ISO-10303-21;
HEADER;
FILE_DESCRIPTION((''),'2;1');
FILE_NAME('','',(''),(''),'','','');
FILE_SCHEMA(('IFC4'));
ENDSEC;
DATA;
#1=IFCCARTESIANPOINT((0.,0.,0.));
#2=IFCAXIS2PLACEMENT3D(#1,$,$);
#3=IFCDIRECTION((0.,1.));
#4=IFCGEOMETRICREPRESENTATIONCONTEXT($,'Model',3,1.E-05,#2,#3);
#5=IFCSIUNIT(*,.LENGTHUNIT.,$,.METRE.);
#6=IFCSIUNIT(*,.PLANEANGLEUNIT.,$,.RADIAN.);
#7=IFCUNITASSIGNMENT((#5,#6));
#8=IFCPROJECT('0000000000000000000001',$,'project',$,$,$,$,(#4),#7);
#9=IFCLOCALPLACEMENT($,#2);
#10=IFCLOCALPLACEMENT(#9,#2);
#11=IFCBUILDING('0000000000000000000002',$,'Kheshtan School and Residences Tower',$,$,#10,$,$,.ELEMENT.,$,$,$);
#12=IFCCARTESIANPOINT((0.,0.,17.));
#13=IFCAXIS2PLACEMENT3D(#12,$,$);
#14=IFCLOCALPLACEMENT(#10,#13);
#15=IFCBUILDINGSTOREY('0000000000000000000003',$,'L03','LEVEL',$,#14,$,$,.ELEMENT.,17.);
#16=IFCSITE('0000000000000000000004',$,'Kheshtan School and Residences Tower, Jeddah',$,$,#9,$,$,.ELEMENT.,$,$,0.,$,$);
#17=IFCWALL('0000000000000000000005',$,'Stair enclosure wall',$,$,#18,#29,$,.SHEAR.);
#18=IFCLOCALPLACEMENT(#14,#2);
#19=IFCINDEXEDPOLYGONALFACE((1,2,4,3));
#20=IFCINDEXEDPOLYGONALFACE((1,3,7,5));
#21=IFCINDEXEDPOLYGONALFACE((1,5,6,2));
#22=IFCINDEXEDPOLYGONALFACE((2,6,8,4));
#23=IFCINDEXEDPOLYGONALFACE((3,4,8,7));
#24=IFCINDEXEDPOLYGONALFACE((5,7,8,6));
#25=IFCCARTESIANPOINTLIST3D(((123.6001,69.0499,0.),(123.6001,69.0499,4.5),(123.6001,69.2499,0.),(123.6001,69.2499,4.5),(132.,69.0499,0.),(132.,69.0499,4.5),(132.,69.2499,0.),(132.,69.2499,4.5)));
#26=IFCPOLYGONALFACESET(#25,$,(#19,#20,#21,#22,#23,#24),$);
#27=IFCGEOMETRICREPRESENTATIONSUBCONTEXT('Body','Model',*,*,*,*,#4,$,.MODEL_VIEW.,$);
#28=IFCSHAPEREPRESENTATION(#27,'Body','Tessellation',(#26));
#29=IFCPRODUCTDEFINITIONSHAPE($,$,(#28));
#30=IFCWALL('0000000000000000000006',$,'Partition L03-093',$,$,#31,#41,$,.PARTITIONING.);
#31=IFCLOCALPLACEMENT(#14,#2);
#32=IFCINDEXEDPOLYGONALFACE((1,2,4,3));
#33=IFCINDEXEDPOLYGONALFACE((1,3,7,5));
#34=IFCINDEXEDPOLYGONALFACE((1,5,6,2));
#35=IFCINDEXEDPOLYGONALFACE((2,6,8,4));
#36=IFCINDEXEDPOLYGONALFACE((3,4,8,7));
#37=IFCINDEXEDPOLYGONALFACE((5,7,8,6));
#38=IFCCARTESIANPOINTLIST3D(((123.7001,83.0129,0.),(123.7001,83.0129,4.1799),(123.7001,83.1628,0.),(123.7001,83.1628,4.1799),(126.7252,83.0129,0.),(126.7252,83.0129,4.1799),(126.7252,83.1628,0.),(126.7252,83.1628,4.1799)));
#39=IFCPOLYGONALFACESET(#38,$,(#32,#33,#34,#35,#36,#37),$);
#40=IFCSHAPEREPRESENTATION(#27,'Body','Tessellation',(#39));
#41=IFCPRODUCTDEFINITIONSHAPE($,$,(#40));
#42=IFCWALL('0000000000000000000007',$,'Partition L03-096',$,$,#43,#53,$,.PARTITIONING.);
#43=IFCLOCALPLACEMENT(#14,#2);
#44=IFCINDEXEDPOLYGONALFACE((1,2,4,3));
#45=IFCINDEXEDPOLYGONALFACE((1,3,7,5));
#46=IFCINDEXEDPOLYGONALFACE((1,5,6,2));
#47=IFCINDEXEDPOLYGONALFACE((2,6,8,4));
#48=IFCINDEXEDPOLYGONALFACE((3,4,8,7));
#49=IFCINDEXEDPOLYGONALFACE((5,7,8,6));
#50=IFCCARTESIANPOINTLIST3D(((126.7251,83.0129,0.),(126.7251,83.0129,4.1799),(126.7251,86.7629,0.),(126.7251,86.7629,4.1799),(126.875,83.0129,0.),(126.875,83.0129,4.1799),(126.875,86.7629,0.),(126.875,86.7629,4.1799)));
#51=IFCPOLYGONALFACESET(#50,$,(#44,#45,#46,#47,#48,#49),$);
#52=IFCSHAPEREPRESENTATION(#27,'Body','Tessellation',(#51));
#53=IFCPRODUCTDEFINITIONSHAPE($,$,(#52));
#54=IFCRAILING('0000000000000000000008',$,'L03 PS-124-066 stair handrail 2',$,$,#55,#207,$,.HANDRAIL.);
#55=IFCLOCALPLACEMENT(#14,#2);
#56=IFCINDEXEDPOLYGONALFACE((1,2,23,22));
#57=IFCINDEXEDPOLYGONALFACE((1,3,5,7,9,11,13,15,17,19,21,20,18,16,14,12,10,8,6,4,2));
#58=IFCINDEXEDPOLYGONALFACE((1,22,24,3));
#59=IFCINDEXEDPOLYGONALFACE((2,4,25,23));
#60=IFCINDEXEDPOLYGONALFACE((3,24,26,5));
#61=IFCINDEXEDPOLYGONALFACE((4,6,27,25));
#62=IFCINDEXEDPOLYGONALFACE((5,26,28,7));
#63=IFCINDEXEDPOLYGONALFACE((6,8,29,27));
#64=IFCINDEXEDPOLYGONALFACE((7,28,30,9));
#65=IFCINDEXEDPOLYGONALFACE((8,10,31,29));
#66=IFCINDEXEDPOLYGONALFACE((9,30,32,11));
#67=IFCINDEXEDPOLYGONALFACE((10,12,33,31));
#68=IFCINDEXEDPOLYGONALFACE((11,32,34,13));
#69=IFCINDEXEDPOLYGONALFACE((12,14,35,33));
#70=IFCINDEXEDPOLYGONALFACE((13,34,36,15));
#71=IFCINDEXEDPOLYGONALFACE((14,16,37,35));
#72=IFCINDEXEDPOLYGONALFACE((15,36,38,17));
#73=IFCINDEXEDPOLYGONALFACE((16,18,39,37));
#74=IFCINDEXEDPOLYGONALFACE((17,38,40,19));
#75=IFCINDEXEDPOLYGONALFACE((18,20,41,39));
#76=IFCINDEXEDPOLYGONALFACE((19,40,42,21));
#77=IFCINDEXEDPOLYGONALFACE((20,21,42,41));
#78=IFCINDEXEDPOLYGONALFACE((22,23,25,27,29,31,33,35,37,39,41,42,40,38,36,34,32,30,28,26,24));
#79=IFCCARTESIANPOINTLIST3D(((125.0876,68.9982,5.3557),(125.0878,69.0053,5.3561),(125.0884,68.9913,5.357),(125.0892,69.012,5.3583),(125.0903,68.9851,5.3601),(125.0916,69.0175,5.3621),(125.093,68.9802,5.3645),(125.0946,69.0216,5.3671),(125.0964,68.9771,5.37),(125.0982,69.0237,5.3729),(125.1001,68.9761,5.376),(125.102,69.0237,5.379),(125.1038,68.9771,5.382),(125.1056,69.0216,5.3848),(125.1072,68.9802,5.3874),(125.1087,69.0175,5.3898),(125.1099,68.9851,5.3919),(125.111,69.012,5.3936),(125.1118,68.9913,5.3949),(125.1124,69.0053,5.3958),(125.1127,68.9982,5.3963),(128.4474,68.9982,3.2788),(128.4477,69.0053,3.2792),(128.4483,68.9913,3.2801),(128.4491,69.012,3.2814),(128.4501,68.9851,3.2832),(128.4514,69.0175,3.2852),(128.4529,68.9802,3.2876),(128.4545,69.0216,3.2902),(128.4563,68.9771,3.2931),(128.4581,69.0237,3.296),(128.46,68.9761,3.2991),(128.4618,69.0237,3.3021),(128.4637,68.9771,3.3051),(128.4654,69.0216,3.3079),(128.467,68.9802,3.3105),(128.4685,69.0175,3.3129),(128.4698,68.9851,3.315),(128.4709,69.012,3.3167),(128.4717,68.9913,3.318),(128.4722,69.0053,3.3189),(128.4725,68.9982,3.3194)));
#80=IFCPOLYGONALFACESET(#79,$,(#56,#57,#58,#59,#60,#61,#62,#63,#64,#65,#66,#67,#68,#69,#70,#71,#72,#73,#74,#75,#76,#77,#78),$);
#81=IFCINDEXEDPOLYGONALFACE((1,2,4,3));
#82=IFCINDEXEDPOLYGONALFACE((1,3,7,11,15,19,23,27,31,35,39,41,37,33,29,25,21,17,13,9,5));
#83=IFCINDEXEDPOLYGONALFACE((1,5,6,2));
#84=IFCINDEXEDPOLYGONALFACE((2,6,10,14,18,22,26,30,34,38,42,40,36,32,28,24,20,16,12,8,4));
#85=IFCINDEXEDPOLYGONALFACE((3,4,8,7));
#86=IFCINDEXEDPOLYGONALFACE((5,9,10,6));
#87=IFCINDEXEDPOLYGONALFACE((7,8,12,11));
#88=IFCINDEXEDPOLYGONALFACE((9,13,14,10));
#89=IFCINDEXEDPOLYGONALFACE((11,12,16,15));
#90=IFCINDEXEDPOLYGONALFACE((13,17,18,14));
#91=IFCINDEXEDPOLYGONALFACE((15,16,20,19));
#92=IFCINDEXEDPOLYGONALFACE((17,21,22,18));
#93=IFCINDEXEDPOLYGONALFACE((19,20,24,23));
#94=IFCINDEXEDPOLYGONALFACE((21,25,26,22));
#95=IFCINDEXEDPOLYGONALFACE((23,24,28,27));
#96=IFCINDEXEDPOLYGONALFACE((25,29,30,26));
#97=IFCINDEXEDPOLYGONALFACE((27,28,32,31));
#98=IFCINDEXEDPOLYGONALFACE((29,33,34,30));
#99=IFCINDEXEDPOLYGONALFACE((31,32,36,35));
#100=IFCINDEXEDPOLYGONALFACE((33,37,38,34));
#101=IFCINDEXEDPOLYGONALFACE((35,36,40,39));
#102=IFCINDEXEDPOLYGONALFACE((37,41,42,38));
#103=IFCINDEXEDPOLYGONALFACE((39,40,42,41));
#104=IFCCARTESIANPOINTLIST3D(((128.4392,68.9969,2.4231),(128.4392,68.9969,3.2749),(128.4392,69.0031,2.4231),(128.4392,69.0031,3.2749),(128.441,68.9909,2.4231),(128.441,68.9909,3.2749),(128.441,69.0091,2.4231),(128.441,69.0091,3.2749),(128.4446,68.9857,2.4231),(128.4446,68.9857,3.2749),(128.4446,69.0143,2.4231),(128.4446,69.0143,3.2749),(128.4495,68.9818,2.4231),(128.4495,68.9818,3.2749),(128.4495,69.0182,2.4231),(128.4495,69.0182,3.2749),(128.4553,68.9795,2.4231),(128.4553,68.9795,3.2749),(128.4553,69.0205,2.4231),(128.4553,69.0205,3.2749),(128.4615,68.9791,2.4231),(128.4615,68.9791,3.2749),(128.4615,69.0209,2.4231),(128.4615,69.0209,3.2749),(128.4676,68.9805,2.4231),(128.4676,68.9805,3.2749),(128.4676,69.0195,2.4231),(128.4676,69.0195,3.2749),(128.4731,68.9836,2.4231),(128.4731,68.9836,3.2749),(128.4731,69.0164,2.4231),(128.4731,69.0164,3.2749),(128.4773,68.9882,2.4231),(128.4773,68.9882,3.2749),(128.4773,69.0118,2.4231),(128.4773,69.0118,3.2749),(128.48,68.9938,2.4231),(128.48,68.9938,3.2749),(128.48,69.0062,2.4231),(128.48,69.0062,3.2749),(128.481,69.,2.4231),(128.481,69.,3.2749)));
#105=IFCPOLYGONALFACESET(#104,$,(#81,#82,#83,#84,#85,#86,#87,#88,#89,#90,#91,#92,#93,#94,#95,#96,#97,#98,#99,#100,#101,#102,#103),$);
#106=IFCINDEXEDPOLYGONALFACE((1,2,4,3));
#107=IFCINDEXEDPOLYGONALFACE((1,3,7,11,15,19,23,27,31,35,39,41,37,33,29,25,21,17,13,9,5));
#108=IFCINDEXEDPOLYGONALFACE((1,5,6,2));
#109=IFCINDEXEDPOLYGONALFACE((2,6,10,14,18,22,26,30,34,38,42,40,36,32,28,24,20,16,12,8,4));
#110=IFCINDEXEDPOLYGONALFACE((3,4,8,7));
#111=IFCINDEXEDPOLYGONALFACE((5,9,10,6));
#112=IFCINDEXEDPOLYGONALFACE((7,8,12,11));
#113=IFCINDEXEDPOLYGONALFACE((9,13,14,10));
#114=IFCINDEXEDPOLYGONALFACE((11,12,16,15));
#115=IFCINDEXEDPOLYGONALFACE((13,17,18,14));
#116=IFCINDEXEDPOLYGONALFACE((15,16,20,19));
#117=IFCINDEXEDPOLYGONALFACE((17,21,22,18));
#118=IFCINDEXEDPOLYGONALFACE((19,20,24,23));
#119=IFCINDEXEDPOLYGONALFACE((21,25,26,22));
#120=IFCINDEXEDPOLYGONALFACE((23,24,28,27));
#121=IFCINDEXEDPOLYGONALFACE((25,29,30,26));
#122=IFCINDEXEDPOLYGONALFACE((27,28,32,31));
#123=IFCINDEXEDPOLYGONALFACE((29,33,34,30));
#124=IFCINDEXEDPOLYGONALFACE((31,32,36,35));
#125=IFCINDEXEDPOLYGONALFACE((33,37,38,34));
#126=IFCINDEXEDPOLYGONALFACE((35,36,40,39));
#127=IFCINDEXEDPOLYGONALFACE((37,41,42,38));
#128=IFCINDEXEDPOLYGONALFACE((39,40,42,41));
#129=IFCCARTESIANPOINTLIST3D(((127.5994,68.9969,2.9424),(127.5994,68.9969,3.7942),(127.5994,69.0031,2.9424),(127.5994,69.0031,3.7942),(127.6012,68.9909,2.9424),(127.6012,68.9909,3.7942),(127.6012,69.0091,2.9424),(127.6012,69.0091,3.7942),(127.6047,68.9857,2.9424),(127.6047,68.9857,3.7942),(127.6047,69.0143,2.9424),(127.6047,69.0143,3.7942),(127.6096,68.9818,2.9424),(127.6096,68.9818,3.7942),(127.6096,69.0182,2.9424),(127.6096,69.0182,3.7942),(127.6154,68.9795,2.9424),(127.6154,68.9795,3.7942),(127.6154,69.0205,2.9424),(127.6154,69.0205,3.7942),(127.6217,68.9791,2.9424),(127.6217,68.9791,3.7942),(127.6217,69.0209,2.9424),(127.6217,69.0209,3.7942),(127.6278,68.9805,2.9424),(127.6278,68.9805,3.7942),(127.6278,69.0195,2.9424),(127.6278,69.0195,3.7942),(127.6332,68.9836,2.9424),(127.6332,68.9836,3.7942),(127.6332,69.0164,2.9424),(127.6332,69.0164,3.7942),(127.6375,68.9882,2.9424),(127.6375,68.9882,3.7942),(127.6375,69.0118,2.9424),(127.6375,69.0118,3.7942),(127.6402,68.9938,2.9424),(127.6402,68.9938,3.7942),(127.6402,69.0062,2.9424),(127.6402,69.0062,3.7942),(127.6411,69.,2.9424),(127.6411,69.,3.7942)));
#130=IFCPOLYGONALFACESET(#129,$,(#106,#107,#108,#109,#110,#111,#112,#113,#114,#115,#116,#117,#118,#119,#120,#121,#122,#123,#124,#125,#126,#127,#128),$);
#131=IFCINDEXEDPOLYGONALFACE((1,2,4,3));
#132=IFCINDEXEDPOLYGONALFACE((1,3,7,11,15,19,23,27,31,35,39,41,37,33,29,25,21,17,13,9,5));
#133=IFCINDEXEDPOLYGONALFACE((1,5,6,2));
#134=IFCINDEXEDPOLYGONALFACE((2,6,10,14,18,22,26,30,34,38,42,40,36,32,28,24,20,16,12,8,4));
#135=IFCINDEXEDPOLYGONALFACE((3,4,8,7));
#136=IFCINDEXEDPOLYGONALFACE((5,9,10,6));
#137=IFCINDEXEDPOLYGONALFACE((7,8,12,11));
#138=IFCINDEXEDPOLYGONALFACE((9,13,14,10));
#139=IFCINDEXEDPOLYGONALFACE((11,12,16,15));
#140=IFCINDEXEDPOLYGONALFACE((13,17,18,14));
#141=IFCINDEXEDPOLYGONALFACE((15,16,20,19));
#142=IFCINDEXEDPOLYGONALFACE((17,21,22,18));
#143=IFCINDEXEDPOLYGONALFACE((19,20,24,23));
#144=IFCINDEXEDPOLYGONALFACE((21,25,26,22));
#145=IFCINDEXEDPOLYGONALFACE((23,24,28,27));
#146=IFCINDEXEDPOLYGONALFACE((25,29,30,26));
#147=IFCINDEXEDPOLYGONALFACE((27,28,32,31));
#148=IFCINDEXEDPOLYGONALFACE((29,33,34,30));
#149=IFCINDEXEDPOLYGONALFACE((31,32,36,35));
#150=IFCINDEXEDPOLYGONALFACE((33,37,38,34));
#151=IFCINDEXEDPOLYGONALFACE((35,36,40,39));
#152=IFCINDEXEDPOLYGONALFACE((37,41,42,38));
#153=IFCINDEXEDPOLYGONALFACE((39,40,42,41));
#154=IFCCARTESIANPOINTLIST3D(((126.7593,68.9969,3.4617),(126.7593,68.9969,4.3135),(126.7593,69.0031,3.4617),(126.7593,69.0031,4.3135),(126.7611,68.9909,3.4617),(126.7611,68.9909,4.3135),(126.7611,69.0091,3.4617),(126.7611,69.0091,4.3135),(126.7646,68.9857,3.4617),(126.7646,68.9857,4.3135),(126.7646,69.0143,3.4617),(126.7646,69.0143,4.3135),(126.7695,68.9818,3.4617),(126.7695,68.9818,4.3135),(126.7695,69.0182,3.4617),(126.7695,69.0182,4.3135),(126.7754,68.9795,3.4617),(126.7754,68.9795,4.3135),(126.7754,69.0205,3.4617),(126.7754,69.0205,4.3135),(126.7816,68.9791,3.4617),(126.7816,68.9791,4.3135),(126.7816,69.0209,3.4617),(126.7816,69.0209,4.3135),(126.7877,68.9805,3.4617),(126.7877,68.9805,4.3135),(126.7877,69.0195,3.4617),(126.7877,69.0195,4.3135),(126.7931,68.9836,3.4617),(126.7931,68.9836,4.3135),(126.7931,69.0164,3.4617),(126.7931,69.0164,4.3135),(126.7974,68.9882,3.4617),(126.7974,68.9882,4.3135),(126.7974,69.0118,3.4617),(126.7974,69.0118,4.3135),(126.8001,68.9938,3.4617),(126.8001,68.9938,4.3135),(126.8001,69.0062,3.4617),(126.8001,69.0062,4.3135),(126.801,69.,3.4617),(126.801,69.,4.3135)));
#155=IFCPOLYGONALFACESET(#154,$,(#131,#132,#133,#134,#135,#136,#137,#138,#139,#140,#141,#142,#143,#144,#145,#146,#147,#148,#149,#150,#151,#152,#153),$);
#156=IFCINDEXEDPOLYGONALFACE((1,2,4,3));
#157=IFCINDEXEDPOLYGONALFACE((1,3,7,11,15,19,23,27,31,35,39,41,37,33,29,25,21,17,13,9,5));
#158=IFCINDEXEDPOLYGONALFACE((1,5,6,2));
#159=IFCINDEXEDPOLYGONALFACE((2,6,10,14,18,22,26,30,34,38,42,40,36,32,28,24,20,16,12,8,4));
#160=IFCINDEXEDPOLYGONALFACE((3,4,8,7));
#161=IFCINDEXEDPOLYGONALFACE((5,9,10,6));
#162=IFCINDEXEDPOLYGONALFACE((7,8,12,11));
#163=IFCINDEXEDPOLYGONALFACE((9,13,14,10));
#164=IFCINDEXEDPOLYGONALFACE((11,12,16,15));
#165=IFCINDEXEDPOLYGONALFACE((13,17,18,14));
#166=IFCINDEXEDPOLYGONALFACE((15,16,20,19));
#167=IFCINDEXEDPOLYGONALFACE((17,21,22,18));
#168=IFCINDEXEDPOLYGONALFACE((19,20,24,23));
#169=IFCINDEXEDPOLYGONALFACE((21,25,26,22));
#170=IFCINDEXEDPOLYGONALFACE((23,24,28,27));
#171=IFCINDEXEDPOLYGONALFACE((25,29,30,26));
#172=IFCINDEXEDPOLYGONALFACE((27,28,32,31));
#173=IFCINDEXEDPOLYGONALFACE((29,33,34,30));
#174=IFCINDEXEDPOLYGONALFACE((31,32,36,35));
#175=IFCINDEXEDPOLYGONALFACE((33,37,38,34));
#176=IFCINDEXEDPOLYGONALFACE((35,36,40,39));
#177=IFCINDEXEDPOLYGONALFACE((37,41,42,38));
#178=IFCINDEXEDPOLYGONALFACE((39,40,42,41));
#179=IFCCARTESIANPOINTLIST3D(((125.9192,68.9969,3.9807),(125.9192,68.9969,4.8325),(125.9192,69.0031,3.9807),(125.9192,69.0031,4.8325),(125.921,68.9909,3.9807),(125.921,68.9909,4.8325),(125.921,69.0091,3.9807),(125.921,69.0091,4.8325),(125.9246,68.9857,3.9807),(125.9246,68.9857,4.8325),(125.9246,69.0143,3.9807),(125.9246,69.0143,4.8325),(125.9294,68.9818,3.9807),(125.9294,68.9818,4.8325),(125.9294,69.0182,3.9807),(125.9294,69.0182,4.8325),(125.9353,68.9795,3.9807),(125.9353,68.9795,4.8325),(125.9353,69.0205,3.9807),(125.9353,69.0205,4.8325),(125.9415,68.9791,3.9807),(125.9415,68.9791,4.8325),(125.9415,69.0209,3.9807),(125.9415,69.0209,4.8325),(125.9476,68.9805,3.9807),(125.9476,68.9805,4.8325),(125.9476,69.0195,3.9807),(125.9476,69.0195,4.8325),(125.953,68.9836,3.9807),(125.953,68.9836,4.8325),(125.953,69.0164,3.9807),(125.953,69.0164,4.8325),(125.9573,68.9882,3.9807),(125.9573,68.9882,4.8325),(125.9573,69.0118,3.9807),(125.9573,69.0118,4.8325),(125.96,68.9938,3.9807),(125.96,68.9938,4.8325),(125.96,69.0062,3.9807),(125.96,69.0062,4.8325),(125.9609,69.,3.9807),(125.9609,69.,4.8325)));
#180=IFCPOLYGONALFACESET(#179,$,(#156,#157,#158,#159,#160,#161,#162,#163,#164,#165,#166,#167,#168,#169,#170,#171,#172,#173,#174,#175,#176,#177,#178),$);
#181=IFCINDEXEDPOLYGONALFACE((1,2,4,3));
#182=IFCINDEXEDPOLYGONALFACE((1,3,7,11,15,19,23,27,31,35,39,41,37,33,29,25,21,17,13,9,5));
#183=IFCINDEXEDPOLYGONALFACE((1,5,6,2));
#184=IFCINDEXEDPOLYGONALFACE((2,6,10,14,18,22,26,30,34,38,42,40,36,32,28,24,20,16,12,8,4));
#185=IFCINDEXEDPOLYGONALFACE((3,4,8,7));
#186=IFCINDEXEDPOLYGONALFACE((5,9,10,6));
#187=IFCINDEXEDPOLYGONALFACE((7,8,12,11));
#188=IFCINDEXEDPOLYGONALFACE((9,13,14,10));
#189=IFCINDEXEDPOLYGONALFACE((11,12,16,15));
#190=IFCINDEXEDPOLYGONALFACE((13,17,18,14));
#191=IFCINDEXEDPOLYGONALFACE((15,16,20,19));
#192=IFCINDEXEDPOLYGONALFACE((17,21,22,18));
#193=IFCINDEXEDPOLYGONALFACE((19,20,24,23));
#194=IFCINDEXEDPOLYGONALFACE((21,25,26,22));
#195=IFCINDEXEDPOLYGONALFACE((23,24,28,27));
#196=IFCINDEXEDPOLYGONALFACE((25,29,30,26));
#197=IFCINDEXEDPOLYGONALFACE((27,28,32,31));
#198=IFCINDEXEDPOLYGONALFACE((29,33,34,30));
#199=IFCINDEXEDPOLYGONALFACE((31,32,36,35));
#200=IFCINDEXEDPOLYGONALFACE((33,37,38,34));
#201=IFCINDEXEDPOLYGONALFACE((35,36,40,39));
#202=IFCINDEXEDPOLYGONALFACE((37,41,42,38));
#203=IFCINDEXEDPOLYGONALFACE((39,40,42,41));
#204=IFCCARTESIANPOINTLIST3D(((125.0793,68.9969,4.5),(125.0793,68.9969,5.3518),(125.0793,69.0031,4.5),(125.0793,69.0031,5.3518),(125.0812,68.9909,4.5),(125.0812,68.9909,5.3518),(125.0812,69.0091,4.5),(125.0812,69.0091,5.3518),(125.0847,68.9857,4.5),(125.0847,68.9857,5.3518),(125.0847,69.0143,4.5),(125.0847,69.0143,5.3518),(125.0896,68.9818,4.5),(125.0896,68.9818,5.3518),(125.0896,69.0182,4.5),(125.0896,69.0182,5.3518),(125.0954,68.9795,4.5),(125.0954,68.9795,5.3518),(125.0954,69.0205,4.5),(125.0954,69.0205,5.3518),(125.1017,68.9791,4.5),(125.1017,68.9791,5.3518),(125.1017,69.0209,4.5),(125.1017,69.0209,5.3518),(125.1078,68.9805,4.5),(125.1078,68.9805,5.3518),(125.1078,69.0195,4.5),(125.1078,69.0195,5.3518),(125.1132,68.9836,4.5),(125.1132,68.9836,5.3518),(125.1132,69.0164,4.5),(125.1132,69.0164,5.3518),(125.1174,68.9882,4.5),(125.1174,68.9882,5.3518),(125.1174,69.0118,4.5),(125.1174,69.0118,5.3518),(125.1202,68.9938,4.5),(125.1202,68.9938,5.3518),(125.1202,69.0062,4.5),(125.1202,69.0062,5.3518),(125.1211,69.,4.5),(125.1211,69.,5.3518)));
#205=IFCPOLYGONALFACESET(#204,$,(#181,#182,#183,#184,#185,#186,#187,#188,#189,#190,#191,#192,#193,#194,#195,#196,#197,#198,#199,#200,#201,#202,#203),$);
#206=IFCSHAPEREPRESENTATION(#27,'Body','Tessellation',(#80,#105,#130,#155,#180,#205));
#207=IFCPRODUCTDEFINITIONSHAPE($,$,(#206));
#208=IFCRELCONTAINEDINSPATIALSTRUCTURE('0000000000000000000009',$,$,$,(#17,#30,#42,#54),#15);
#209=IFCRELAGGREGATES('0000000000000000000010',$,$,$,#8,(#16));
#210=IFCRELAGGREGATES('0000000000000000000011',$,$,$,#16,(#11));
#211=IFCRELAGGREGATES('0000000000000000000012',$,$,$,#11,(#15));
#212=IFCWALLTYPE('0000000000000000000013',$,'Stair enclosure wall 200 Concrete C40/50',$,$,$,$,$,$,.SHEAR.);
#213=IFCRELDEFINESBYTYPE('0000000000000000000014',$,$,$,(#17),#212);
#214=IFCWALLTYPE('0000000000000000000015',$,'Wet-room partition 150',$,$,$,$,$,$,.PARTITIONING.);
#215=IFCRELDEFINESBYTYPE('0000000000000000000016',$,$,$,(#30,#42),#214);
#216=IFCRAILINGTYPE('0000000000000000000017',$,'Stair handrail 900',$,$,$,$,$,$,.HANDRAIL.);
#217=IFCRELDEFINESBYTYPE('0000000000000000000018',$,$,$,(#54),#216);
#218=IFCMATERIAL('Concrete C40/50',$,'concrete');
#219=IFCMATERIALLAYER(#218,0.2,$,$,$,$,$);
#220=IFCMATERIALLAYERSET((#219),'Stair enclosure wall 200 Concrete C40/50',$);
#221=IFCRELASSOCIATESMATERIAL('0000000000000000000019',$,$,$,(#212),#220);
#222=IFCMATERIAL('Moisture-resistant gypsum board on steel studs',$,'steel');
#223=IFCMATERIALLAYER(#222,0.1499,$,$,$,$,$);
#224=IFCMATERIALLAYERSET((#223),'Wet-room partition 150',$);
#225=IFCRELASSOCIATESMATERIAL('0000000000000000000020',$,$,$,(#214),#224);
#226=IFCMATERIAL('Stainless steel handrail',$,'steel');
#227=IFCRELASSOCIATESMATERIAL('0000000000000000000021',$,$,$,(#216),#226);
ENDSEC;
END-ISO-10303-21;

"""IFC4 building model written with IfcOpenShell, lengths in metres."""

from ifc_helpers import new_model, si_unit, direction, frame, frame_2d, origin, origin_2d, place, context, subcontext, project, spatial, rectangle, circle, extrude, material, layer, layer_set, type_object, element, save


model = new_model("IFC4")

# Units and contexts
model_context = context("Model", 3, precision=1e-05, world=origin(), true_north=direction((0.0, 1.0)))
body_context = subcontext(model_context, "Body", "Model", "MODEL_VIEW")
ifc_project = project(units=[si_unit("LENGTHUNIT", "METRE"), si_unit("PLANEANGLEUNIT", "RADIAN")], contexts=[model_context])

# Site, building, storey
site_placement = place(None, origin())
site = spatial("IfcSite", under=ifc_project, at=site_placement, Name="Kheshtan School and Residences Tower, Jeddah", CompositionType="ELEMENT", RefElevation=0.0)
building_placement = place(site_placement, origin())
building = spatial("IfcBuilding", under=site, at=building_placement, Name="Kheshtan School and Residences Tower", CompositionType="ELEMENT")
storey_placement = place(building_placement, frame((0.0, 0.0, 17.0)))
storey = spatial("IfcBuildingStorey", under=building, at=storey_placement, Name="L03", Description="LEVEL", CompositionType="ELEMENT", Elevation=17.0)

# Walls
ifc_material_1 = material(Name="Concrete C40/50", Category="concrete")
ifc_layer_1 = layer(ifc_material_1, 0.2)
ifc_layer_set_1 = layer_set([ifc_layer_1], Name="Stair enclosure wall 200 Concrete C40/50")
wall_type_1 = type_object("IfcWallType", Name="Stair enclosure wall 200 Concrete C40/50", PredefinedType="SHEAR", material=ifc_layer_set_1)
wall_1_placement = place(storey_placement, frame((123.6001, 69.1499, 0.0), z_axis=(0.0, 0.0, 1.0), x_axis=(1.0, 0.0, 0.0)))
element("IfcWall", 1, at=wall_1_placement, inside=storey, type_object=wall_type_1, Name="Stair enclosure wall", PredefinedType="SHEAR", context=body_context, shape_type="SweptSolid", body=[
    extrude(rectangle(XDim=8.3999, YDim=0.2, at=frame_2d((4.2, 0.0))), origin(), (0.0, 0.0, 1.0), 4.5),
])
ifc_material_2 = material(Name="Moisture-resistant gypsum board on steel studs", Category="steel")
ifc_layer_2 = layer(ifc_material_2, 0.1499)
ifc_layer_set_2 = layer_set([ifc_layer_2], Name="Wet-room partition 150")
wall_type_2 = type_object("IfcWallType", Name="Wet-room partition 150", PredefinedType="PARTITIONING", material=ifc_layer_set_2)
wall_2_placement = place(storey_placement, frame((123.7, 83.0879, 0.0), z_axis=(0.0, 0.0, 1.0), x_axis=(1.0, 0.0, 0.0)))
element("IfcWall", 2, at=wall_2_placement, inside=storey, type_object=wall_type_2, Name="Partition L03-093", PredefinedType="PARTITIONING", context=body_context, shape_type="SweptSolid", body=[
    extrude(rectangle(XDim=3.0251, YDim=0.1499, at=frame_2d((1.5127, 0.0))), origin(), (0.0, 0.0, 1.0), 4.1799),
])
wall_3_placement = place(storey_placement, frame((126.8, 83.0129, 0.0), z_axis=(0.0, 0.0, 1.0), x_axis=(0.0, 1.0, 0.0)))
element("IfcWall", 3, at=wall_3_placement, inside=storey, type_object=wall_type_2, Name="Partition L03-096", PredefinedType="PARTITIONING", context=body_context, shape_type="SweptSolid", body=[
    extrude(rectangle(XDim=3.75, YDim=0.1499, at=frame_2d((1.875, 0.0))), origin(), (0.0, 0.0, 1.0), 4.1799),
])

# Railing
ifc_material_3 = material(Name="Stainless steel handrail", Category="steel")
railing_type = type_object("IfcRailingType", Name="Stair handrail 900", PredefinedType="HANDRAIL", material=ifc_material_3)
railing_placement = place(storey_placement, frame((128.46, 69.0, 2.4231)))
element("IfcRailing", 4, at=railing_placement, inside=storey, type_object=railing_type, Name="L03 PS-124-066 stair handrail 2", PredefinedType="HANDRAIL", context=body_context, shape_type="SweptSolid", body=[
    extrude(circle(Radius=0.0239, at=origin_2d()), frame((0.0, 0.0, 0.876), z_axis=(-0.850606, 0.0, 0.525803), x_axis=(0.0, -1.0, 0.0)), (0.0, 0.0, 1.0), 3.95),
    extrude(circle(Radius=0.021, at=origin_2d()), origin(), (0.0, 0.0, 1.0), 0.8518),
    extrude(circle(Radius=0.021, at=origin_2d()), frame((-0.8398, 0.0, 0.5193)), (0.0, 0.0, 1.0), 0.8518),
    extrude(circle(Radius=0.021, at=origin_2d()), frame((-1.6799, 0.0, 1.0386)), (0.0, 0.0, 1.0), 0.8518),
    extrude(circle(Radius=0.021, at=origin_2d()), frame((-2.52, 0.0, 1.5576)), (0.0, 0.0, 1.0), 0.8518),
    extrude(circle(Radius=0.021, at=origin_2d()), frame((-3.3599, 0.0, 2.0769)), (0.0, 0.0, 1.0), 0.8518),
])

save(model, "model.ifc")
